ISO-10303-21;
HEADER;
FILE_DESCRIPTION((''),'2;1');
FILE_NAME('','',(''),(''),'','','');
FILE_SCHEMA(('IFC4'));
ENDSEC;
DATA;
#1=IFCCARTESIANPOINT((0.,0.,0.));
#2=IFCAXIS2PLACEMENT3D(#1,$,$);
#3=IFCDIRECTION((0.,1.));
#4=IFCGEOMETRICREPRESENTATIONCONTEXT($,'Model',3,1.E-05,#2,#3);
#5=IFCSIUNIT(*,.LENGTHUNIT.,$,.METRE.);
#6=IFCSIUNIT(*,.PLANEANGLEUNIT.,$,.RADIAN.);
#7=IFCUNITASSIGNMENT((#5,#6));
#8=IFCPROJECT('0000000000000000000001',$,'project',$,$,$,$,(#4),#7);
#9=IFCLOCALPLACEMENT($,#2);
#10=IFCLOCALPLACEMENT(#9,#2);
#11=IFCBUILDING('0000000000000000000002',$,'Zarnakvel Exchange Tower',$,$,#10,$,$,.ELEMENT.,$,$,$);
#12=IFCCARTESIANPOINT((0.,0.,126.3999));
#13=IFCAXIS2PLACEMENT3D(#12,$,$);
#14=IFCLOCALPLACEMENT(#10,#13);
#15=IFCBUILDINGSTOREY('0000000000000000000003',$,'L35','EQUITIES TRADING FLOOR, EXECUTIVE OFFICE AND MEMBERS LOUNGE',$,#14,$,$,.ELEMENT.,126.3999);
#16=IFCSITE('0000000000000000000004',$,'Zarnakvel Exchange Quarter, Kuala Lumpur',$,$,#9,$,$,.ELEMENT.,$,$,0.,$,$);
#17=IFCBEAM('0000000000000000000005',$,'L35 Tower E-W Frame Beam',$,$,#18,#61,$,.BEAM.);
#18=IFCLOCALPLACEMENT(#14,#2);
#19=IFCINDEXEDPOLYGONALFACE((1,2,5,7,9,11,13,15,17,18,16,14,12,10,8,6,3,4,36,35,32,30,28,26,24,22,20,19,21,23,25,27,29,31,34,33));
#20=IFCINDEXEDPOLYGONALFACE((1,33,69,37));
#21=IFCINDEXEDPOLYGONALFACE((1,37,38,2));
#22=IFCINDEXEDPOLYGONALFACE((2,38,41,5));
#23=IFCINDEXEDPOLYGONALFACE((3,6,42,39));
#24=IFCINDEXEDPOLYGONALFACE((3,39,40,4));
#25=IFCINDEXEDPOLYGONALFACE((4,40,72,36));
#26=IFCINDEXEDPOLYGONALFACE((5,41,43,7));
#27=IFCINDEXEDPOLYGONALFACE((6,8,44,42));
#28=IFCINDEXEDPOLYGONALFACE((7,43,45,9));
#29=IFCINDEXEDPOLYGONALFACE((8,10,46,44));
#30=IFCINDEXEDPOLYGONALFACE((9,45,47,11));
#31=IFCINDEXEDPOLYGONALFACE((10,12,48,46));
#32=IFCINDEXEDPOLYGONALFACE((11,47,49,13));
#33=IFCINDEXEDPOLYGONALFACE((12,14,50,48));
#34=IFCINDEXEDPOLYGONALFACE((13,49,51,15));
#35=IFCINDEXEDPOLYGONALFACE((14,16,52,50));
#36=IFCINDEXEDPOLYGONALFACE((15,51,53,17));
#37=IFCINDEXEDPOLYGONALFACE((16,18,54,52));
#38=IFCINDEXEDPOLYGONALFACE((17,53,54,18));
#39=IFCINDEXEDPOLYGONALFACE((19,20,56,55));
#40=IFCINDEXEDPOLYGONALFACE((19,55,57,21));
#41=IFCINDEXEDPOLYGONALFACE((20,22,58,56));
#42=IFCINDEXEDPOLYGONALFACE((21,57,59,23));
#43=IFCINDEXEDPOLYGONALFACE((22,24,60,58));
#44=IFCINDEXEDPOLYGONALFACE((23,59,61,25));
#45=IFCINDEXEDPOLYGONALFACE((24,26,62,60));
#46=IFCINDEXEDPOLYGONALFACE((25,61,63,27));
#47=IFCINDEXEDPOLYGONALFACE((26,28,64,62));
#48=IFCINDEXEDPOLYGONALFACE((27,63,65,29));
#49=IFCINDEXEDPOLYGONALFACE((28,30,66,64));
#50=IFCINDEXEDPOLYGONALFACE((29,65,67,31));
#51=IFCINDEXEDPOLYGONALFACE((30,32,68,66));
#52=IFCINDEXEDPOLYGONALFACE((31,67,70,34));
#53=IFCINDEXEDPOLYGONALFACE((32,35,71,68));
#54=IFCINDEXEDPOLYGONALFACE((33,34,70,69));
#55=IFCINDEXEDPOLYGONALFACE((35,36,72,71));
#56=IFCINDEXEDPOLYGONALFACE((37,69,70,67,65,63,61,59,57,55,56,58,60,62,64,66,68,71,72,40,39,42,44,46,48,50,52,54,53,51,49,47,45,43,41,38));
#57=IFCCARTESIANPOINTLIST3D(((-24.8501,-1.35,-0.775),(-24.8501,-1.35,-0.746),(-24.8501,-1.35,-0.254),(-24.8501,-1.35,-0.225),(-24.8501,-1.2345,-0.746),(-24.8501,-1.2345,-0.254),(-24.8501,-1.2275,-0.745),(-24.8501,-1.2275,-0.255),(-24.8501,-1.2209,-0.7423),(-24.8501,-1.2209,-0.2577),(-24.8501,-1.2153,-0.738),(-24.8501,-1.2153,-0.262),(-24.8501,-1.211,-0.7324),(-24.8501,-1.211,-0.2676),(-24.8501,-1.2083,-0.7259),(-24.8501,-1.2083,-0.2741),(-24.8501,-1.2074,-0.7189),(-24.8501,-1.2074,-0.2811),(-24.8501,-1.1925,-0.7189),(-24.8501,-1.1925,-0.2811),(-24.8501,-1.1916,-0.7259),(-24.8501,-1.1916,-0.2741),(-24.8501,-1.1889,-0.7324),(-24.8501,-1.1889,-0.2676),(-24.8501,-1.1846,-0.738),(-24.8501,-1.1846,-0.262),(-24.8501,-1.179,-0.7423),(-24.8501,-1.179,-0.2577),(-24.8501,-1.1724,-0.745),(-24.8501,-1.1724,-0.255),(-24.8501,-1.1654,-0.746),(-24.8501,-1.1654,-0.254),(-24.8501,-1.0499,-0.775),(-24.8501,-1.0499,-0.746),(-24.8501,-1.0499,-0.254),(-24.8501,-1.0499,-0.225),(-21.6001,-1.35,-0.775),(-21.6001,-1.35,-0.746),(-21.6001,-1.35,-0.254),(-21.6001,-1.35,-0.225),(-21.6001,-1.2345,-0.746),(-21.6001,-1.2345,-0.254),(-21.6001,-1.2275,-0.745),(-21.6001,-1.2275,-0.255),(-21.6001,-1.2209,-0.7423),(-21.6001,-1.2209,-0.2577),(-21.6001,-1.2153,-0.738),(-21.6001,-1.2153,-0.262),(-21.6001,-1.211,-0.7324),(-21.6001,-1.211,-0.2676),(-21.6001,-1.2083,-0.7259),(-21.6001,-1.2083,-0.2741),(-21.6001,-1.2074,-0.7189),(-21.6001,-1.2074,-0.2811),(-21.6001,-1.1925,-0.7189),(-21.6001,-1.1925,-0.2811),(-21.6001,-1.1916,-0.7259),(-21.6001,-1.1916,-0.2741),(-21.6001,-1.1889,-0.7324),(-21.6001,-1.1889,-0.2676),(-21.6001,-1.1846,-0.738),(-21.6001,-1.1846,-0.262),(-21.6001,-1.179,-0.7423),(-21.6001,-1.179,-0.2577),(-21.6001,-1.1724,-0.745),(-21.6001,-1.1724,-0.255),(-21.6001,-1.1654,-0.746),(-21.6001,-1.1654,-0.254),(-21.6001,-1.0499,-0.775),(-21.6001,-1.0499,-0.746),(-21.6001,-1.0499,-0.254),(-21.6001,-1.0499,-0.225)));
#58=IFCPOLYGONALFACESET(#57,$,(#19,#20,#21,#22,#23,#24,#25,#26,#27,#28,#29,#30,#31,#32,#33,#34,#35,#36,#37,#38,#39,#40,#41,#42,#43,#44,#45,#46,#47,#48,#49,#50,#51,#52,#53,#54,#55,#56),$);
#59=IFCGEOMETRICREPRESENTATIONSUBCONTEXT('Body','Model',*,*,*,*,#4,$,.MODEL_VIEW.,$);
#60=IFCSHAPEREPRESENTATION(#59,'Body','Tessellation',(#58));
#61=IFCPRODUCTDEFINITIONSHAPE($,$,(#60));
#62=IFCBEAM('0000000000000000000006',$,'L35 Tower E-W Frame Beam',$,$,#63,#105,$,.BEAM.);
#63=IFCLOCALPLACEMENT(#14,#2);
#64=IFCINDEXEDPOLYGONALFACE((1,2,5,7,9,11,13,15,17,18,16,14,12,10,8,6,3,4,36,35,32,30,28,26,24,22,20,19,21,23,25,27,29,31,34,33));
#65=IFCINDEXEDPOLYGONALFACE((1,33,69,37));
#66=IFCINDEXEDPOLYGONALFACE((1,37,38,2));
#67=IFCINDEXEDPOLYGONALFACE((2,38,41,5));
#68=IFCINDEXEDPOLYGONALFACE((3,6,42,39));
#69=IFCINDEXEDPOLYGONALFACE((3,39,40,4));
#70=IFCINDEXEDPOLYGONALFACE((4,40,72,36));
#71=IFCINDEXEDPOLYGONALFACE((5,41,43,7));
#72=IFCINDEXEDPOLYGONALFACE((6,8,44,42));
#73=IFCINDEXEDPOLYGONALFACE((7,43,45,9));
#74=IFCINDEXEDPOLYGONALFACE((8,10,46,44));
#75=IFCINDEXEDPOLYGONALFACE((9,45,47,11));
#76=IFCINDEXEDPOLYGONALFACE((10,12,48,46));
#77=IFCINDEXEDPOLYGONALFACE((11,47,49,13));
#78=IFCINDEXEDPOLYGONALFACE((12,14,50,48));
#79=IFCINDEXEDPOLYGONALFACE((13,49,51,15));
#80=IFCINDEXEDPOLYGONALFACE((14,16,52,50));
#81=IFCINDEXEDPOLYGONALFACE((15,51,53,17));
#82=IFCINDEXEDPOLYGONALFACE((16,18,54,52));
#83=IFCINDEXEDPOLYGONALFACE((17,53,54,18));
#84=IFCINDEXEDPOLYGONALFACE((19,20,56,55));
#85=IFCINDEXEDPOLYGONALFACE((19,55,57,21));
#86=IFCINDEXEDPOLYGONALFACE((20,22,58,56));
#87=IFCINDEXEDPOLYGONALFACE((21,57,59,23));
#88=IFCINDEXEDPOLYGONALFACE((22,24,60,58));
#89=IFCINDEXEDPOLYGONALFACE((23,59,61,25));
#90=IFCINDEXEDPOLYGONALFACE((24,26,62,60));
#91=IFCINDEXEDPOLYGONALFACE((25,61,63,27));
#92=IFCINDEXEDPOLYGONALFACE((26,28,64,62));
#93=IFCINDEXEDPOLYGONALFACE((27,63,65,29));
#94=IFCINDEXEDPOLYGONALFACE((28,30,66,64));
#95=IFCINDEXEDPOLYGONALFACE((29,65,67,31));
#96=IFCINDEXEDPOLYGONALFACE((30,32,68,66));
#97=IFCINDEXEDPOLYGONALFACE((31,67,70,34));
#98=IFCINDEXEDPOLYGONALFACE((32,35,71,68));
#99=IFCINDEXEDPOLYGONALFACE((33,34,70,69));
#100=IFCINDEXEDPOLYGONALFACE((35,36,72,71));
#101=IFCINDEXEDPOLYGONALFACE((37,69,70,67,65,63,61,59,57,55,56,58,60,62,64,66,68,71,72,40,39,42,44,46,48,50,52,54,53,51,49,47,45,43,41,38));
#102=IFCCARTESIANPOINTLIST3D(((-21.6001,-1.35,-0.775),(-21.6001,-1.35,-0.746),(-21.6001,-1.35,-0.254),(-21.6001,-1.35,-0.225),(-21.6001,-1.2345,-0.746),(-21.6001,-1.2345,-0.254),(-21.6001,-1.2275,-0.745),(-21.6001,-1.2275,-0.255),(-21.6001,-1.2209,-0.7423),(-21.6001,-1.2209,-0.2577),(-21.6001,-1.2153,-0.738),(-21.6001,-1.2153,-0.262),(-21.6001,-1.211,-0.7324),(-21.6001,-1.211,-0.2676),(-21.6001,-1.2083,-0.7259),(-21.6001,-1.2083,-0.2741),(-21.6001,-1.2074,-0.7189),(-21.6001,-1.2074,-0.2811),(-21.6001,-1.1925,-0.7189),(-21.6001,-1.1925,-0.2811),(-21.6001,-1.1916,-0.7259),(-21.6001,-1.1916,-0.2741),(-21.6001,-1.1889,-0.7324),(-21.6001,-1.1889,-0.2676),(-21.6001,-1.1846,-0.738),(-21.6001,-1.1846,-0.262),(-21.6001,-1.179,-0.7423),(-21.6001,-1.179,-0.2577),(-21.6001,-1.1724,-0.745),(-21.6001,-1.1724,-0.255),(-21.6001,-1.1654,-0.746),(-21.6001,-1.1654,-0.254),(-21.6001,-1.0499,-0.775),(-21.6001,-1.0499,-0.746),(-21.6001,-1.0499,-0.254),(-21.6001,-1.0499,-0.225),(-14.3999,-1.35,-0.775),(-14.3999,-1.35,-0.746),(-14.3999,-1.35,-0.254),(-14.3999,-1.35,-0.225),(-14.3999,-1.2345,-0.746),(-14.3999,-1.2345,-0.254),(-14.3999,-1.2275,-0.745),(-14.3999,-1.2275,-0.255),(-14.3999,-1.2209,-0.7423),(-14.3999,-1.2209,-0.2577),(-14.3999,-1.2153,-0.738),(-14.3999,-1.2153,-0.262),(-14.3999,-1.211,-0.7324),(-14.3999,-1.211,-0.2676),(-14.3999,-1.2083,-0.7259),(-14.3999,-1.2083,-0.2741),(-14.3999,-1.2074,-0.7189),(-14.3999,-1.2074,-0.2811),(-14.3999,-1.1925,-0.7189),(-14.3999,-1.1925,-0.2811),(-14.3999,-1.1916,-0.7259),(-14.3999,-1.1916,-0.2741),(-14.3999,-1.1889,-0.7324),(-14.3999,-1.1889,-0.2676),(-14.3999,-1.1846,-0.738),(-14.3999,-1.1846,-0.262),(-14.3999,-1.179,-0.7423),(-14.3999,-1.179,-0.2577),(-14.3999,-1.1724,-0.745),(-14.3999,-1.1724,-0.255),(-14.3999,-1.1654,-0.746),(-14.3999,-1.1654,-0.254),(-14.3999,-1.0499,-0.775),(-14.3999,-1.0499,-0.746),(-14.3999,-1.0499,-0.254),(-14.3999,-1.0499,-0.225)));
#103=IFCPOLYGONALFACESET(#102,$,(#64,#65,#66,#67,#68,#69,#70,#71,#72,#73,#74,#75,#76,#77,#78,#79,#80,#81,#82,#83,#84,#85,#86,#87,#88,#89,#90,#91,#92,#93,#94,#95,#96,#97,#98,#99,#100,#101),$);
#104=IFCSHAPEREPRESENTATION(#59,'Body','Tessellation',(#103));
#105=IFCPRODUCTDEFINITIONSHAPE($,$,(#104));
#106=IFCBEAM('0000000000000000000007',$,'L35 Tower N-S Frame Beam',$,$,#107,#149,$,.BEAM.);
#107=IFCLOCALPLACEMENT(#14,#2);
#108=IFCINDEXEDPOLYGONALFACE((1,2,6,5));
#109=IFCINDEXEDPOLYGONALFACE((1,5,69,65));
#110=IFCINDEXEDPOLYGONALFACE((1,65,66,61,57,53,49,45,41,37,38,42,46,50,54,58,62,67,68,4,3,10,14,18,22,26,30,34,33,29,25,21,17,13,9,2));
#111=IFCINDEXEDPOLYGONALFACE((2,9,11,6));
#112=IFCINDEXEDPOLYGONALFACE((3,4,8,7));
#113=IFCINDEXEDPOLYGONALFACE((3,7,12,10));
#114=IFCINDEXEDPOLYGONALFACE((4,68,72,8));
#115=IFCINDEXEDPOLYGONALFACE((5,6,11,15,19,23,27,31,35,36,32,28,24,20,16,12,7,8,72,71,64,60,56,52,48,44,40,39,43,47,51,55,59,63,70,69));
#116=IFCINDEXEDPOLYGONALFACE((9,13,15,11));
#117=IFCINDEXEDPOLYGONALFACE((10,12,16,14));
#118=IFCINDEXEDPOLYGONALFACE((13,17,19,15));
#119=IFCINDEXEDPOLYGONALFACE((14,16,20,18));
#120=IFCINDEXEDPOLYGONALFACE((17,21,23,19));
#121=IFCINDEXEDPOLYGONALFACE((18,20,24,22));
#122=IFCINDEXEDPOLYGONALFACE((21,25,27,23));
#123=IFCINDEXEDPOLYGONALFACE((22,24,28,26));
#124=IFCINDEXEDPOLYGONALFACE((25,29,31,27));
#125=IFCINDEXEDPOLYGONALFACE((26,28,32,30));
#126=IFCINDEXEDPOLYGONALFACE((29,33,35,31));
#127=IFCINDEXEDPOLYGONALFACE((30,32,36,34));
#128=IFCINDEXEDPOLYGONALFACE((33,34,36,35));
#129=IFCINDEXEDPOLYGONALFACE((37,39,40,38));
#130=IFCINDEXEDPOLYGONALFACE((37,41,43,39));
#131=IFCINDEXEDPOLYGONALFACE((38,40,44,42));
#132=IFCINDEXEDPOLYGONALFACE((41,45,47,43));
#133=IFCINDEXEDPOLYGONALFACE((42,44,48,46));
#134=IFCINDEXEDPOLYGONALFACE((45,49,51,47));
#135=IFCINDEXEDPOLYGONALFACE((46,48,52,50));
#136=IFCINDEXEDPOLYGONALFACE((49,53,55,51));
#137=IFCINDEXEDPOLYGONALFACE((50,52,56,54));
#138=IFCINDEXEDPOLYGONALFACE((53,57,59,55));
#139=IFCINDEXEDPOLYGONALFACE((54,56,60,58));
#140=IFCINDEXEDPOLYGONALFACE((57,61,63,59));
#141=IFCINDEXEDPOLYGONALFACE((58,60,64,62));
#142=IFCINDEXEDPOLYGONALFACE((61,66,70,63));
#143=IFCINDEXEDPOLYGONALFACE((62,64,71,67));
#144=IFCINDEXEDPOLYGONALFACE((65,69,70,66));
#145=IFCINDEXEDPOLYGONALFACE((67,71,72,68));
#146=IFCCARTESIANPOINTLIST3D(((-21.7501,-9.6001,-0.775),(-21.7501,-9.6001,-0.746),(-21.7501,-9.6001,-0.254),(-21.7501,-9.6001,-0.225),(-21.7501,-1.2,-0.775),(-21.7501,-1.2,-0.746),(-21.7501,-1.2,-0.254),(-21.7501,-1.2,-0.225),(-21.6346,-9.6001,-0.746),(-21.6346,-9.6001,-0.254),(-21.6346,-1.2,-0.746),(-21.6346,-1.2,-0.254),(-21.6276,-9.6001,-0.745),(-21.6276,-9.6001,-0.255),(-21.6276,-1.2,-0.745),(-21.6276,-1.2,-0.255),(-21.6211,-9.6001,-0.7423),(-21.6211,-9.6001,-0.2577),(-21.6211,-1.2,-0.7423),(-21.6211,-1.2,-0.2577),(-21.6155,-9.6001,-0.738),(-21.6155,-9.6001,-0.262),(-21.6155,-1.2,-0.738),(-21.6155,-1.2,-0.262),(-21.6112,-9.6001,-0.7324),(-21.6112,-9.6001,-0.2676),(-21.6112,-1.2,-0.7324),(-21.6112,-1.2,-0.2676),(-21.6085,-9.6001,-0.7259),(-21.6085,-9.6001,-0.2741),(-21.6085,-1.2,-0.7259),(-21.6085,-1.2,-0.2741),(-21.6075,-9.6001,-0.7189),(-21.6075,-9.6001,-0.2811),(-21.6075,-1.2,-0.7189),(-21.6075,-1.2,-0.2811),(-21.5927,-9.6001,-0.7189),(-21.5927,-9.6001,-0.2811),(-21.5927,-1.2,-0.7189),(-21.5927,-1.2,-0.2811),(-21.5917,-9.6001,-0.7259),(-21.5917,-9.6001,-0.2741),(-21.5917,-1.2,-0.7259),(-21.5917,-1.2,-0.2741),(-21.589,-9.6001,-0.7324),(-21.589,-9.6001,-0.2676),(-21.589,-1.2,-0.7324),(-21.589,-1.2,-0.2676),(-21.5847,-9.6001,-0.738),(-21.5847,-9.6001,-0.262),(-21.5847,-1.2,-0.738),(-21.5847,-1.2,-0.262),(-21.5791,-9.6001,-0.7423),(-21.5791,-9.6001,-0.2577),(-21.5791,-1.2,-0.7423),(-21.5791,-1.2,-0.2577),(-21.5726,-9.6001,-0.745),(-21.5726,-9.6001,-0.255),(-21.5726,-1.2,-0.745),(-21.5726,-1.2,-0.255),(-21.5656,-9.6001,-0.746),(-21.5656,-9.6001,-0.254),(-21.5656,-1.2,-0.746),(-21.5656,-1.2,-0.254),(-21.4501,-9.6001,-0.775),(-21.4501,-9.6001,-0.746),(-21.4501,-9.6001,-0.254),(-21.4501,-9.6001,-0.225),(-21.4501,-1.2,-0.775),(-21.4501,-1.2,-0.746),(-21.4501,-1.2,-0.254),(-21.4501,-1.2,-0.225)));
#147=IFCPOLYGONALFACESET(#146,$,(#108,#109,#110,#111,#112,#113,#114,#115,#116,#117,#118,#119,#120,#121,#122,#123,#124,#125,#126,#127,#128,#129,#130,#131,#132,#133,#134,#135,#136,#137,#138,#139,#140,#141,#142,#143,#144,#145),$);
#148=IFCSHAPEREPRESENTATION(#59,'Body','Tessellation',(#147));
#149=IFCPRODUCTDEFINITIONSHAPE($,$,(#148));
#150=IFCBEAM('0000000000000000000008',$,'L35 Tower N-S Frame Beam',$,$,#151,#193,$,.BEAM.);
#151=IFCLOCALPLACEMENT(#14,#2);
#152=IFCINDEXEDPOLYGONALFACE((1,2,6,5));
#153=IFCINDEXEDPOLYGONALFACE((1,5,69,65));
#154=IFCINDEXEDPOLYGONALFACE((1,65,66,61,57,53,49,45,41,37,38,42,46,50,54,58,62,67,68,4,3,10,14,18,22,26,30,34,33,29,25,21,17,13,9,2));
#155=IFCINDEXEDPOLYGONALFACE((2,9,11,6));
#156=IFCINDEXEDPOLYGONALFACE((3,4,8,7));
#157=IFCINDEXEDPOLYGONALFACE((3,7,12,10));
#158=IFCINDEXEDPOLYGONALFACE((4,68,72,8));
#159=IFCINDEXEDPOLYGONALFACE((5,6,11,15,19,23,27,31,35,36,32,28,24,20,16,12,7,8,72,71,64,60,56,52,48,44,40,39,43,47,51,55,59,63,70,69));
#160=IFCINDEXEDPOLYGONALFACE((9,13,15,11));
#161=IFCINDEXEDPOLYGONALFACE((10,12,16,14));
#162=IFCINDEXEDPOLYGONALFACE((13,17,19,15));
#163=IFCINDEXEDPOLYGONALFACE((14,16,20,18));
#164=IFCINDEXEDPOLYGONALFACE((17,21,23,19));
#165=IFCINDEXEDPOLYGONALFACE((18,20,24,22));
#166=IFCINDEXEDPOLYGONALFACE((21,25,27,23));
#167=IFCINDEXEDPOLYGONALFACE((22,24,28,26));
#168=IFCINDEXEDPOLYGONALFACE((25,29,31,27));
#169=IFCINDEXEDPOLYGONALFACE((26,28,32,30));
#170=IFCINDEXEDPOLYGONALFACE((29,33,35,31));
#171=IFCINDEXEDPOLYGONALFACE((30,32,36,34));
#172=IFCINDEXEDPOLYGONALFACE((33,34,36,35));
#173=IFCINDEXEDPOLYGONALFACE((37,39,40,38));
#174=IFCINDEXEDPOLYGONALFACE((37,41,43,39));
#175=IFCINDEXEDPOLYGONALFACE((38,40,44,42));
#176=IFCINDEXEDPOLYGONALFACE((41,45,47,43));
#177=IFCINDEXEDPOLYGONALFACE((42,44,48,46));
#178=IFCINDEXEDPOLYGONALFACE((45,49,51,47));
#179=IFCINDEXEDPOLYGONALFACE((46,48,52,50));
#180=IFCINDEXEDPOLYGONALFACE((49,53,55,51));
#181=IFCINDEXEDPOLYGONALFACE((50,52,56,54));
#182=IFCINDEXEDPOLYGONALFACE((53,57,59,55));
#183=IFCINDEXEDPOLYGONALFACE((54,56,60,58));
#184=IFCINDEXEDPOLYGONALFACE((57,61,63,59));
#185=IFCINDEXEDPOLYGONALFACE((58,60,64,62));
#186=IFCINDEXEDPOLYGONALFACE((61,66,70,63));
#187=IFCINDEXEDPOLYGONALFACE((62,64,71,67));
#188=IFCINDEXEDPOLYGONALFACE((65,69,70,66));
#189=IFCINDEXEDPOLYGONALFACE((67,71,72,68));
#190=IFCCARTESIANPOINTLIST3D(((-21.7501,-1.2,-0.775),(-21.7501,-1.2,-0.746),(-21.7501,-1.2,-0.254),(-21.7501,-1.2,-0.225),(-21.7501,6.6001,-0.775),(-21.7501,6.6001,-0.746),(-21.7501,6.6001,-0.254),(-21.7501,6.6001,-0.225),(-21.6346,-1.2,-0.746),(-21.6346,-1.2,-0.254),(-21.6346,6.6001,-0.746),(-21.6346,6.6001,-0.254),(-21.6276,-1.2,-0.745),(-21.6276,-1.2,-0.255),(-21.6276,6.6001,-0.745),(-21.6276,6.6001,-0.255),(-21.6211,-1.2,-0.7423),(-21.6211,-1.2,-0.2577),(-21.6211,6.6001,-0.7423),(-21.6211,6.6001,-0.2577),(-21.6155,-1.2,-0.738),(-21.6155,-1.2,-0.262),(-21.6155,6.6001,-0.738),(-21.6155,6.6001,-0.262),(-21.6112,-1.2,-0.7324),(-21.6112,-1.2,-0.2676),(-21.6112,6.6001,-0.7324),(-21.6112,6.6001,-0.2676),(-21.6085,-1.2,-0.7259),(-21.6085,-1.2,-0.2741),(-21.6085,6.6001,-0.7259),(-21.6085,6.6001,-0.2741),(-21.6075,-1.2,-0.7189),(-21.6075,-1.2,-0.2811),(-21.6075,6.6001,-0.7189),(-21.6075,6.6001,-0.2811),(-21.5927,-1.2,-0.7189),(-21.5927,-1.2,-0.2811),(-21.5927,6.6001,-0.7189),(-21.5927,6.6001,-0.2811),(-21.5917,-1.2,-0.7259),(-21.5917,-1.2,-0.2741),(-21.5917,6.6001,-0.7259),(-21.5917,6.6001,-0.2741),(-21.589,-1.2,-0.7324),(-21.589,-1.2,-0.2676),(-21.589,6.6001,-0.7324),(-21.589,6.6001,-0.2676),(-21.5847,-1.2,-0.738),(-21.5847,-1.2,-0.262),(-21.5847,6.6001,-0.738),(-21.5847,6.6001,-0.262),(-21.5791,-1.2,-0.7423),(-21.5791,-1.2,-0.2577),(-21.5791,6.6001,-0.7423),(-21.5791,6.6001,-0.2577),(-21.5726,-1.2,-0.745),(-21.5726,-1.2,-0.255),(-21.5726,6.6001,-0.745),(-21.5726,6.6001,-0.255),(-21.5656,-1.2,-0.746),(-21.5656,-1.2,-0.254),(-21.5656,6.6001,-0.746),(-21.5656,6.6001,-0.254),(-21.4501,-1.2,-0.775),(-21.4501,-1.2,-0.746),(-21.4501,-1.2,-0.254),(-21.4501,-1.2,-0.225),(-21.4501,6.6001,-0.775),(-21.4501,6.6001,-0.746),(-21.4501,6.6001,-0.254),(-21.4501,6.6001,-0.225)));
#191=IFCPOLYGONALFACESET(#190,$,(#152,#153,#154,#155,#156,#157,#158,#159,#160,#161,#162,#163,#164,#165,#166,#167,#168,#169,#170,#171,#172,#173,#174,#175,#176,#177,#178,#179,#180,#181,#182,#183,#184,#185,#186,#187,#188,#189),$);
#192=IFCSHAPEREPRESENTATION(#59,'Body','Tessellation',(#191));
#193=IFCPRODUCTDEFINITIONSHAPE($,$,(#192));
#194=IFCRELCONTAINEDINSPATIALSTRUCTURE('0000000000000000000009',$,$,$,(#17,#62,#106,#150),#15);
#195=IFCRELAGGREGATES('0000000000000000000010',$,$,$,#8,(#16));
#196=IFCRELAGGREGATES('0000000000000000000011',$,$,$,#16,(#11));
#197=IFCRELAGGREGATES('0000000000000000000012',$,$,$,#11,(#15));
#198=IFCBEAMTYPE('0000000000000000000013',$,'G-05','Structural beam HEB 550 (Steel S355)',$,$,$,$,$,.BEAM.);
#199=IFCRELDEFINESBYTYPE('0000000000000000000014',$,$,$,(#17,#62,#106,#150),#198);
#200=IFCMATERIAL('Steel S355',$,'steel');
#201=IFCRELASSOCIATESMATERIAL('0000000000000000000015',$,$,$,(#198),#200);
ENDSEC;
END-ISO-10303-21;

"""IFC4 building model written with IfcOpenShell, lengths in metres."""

from ifc_helpers import new_model, si_unit, direction, frame, origin, origin_2d, place, context, subcontext, project, spatial, i_section, extrude, material, material_profile, profile_set, type_object, element, save


model = new_model("IFC4")

# Units and contexts
model_context = context("Model", 3, precision=1e-05, world=origin(), true_north=direction((0.0, 1.0)))
body_context = subcontext(model_context, "Body", "Model", "MODEL_VIEW")
ifc_project = project(units=[si_unit("LENGTHUNIT", "METRE"), si_unit("PLANEANGLEUNIT", "RADIAN")], contexts=[model_context])

# Site, building, storey
site_placement = place(None, origin())
site = spatial("IfcSite", under=ifc_project, at=site_placement, Name="Zarnakvel Exchange Quarter, Kuala Lumpur", CompositionType="ELEMENT", RefElevation=0.0)
building_placement = place(site_placement, origin())
building = spatial("IfcBuilding", under=site, at=building_placement, Name="Zarnakvel Exchange Tower", CompositionType="ELEMENT")
storey_placement = place(building_placement, frame((0.0, 0.0, 126.3999)))
storey = spatial("IfcBuildingStorey", under=building, at=storey_placement, Name="L35", Description="EQUITIES TRADING FLOOR, EXECUTIVE OFFICE AND MEMBERS LOUNGE", CompositionType="ELEMENT", Elevation=126.3999)

# Shared definitions
ifc_material_1 = material(Name="Steel S355", Category="steel")

# Beams
ifc_material_profile_1 = material_profile(ifc_material_1, i_section(OverallWidth=0.3, OverallDepth=0.55, WebThickness=0.0149, FlangeThickness=0.0291, FilletRadius=0.0271, at=origin_2d()))
ifc_profile_set_1 = profile_set([ifc_material_profile_1], Name="Steel S355")
beam_type_1 = type_object("IfcBeamType", Name="G-05", Description="Structural beam HEB 550 (Steel S355)", PredefinedType="BEAM", material=ifc_profile_set_1)
beam_1_placement = place(storey_placement, frame((-24.8501, -1.2, -0.5), z_axis=(1.0, 0.0, 0.0), x_axis=(0.0, 1.0, 0.0)))
element("IfcBeam", 1, at=beam_1_placement, inside=storey, type_object=beam_type_1, Name="L35 Tower E-W Frame Beam", PredefinedType="BEAM", context=body_context, shape_type="SweptSolid", body=[
    extrude(i_section(OverallWidth=0.3, OverallDepth=0.55, WebThickness=0.0149, FlangeThickness=0.0291, FilletRadius=0.0271, at=origin_2d()), origin(), (0.0, 0.0, 1.0), 3.25),
])
beam_2_placement = place(storey_placement, frame((-21.6001, -1.2, -0.5), z_axis=(1.0, 0.0, 0.0), x_axis=(0.0, 1.0, 0.0)))
element("IfcBeam", 2, at=beam_2_placement, inside=storey, type_object=beam_type_1, Name="L35 Tower E-W Frame Beam", PredefinedType="BEAM", context=body_context, shape_type="SweptSolid", body=[
    extrude(i_section(OverallWidth=0.3, OverallDepth=0.55, WebThickness=0.0149, FlangeThickness=0.0291, FilletRadius=0.0271, at=origin_2d()), origin(), (0.0, 0.0, 1.0), 7.2002),
])
beam_3_placement = place(storey_placement, frame((-21.6001, -9.6001, -0.5), z_axis=(0.0, 1.0, 0.0), x_axis=(-1.0, 0.0, 0.0)))
element("IfcBeam", 3, at=beam_3_placement, inside=storey, type_object=beam_type_1, Name="L35 Tower N-S Frame Beam", PredefinedType="BEAM", context=body_context, shape_type="SweptSolid", body=[
    extrude(i_section(OverallWidth=0.3, OverallDepth=0.55, WebThickness=0.0149, FlangeThickness=0.0291, FilletRadius=0.0271, at=origin_2d()), origin(), (0.0, 0.0, 1.0), 8.4001),
])
beam_4_placement = place(storey_placement, frame((-21.6001, -1.2, -0.5), z_axis=(0.0, 1.0, 0.0), x_axis=(-1.0, 0.0, 0.0)))
element("IfcBeam", 4, at=beam_4_placement, inside=storey, type_object=beam_type_1, Name="L35 Tower N-S Frame Beam", PredefinedType="BEAM", context=body_context, shape_type="SweptSolid", body=[
    extrude(i_section(OverallWidth=0.3, OverallDepth=0.55, WebThickness=0.0149, FlangeThickness=0.0291, FilletRadius=0.0271, at=origin_2d()), origin(), (0.0, 0.0, 1.0), 7.8),
])

save(model, "model.ifc")
